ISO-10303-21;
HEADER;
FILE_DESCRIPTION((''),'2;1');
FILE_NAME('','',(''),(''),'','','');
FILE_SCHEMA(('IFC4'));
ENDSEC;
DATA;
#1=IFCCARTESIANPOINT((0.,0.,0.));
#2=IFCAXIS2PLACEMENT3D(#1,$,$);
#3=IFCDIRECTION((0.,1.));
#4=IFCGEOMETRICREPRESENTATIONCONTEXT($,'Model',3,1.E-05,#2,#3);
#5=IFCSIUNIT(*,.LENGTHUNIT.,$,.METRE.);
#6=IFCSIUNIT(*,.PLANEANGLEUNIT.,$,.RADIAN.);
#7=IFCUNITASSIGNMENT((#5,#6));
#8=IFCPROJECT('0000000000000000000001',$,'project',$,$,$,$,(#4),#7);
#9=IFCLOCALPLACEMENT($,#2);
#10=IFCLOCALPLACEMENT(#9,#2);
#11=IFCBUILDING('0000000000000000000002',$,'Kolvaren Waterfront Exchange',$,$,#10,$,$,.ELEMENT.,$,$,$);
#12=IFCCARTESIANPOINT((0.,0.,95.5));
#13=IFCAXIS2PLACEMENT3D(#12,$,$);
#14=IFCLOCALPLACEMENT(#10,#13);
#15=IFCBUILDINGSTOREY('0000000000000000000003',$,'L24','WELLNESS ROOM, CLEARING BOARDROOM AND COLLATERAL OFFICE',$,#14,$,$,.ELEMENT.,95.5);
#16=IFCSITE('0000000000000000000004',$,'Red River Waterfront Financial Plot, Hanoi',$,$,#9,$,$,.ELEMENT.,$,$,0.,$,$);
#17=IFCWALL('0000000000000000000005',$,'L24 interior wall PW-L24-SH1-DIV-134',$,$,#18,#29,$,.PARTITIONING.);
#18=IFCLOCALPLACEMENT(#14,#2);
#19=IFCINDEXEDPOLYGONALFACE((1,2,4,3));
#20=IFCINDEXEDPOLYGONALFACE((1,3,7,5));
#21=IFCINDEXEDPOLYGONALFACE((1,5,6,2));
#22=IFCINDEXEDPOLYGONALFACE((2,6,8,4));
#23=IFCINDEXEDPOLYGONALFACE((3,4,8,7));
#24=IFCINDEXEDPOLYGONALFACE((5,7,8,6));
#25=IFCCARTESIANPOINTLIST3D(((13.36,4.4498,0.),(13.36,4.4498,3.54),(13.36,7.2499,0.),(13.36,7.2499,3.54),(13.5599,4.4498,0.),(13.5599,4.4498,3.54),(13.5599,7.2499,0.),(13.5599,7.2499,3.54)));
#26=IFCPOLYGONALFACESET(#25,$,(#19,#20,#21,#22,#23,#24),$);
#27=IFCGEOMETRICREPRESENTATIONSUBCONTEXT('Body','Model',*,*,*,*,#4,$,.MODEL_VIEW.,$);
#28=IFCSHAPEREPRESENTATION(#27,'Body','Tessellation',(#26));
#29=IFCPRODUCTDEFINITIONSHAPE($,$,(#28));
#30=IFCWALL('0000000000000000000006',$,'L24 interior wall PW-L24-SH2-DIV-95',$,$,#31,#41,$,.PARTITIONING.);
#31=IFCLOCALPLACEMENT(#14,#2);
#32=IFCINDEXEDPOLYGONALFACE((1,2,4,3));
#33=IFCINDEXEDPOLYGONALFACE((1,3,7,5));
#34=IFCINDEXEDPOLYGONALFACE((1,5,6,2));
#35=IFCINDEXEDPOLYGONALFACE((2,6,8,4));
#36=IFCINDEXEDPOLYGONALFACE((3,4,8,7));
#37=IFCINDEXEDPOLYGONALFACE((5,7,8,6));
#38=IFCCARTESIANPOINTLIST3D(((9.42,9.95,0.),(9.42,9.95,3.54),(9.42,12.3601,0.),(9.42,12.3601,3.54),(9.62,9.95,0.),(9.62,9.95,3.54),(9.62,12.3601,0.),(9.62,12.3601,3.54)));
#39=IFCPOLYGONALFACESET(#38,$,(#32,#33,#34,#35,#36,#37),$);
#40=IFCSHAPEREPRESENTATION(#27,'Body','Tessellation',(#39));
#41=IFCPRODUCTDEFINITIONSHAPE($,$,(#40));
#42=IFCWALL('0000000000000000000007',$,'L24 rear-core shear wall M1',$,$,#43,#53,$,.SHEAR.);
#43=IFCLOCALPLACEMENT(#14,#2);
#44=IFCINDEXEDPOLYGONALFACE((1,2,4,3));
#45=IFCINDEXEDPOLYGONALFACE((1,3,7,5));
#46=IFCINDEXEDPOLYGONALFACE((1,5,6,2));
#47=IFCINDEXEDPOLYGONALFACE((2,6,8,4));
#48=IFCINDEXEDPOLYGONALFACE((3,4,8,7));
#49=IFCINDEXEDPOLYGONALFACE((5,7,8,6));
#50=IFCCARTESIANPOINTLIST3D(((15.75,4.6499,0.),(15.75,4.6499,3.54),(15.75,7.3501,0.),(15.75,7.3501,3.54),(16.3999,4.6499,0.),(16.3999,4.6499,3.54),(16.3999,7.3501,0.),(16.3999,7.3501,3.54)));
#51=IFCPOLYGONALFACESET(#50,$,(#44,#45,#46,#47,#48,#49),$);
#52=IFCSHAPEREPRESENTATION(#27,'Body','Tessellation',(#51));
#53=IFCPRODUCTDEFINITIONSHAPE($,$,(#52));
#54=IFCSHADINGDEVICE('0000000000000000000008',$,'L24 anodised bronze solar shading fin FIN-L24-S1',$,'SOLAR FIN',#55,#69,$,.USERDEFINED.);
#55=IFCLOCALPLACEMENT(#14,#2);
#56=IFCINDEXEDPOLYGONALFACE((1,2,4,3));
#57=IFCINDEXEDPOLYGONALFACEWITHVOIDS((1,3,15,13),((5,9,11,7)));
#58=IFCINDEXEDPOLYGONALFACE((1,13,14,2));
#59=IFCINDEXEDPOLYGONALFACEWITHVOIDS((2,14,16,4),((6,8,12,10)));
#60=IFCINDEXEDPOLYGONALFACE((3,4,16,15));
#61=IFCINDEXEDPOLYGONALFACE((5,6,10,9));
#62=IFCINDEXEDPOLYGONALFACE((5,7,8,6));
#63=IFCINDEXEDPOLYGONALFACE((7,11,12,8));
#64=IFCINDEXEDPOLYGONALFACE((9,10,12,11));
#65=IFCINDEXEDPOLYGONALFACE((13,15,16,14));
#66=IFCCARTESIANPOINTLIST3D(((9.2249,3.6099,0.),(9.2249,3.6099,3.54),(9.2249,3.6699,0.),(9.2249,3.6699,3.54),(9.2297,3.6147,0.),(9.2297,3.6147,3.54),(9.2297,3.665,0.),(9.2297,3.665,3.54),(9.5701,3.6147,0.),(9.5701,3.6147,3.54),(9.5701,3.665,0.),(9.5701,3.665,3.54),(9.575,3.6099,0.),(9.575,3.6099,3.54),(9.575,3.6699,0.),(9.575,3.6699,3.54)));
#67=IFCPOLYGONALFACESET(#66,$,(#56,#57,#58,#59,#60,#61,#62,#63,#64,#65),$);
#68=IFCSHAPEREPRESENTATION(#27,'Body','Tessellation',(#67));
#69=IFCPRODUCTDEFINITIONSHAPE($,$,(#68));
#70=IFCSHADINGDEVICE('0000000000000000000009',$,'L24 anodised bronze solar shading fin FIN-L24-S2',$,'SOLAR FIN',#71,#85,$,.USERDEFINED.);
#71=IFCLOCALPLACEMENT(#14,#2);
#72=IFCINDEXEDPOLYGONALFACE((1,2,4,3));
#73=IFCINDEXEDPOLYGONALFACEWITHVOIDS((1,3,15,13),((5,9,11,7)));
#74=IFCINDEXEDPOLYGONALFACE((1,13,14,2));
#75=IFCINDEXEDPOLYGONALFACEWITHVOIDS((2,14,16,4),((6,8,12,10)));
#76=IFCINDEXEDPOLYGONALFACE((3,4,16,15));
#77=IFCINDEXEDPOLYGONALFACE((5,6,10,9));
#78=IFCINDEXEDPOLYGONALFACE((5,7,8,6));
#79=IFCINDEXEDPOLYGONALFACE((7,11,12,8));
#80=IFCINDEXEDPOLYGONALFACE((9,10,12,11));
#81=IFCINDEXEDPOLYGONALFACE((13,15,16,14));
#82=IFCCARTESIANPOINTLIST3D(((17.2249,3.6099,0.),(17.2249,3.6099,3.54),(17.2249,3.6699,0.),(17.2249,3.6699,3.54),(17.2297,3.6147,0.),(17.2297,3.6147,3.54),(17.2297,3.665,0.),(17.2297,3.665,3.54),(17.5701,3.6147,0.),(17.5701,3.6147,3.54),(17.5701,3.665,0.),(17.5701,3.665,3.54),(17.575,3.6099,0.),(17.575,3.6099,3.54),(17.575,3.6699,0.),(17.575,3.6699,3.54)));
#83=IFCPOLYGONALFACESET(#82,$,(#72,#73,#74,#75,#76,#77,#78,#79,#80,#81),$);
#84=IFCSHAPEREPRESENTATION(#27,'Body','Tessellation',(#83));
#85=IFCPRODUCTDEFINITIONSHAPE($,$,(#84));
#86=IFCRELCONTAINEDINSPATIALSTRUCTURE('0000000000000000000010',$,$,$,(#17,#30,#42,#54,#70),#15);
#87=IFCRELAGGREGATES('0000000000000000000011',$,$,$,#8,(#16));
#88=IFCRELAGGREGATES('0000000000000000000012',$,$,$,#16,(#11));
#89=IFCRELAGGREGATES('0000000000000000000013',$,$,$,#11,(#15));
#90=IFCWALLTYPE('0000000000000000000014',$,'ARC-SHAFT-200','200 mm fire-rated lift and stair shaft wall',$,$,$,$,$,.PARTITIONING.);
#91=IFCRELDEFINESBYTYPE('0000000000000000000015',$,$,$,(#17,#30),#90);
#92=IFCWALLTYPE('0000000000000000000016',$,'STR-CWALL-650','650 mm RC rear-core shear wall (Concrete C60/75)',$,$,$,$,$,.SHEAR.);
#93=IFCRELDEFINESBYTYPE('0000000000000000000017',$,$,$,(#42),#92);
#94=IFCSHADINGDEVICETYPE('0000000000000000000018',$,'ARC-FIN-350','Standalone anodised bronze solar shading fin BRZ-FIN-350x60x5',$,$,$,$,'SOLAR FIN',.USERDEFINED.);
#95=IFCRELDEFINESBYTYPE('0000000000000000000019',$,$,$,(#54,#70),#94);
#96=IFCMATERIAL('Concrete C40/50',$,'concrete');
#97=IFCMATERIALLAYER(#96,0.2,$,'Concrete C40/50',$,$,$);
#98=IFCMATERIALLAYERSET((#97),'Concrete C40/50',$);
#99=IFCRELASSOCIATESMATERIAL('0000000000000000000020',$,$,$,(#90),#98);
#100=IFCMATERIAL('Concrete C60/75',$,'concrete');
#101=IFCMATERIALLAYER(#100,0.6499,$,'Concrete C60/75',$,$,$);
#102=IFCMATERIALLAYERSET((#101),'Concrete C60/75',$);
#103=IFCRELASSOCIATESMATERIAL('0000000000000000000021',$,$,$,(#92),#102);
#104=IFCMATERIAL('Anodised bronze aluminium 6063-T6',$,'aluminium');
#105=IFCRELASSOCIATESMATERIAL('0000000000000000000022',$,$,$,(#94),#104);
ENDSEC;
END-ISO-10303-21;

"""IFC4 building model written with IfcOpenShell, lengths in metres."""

from ifc_helpers import new_model, si_unit, direction, frame, frame_2d, origin, origin_2d, place, context, subcontext, project, spatial, rectangle, hollow_rectangle, extrude, material, layer, layer_set, material_profile, profile_set, type_object, element, save


model = new_model("IFC4")

# Units and contexts
model_context = context("Model", 3, precision=1e-05, world=origin(), true_north=direction((0.0, 1.0)))
body_context = subcontext(model_context, "Body", "Model", "MODEL_VIEW")
ifc_project = project(units=[si_unit("LENGTHUNIT", "METRE"), si_unit("PLANEANGLEUNIT", "RADIAN")], contexts=[model_context])

# Site, building, storey
site_placement = place(None, origin())
site = spatial("IfcSite", under=ifc_project, at=site_placement, Name="Red River Waterfront Financial Plot, Hanoi", CompositionType="ELEMENT", RefElevation=0.0)
building_placement = place(site_placement, origin())
building = spatial("IfcBuilding", under=site, at=building_placement, Name="Kolvaren Waterfront Exchange", CompositionType="ELEMENT")
storey_placement = place(building_placement, frame((0.0, 0.0, 95.5)))
storey = spatial("IfcBuildingStorey", under=building, at=storey_placement, Name="L24", Description="WELLNESS ROOM, CLEARING BOARDROOM AND COLLATERAL OFFICE", CompositionType="ELEMENT", Elevation=95.5)

# Shared definitions
ifc_material_1 = material(Name="Concrete C60/75", Category="concrete")

# Shared definitions
ifc_material_2 = material(Name="Anodised bronze aluminium 6063-T6", Category="aluminium")

# Walls
ifc_material_3 = material(Name="Concrete C40/50", Category="concrete")
ifc_layer_1 = layer(ifc_material_3, 0.2, Name="Concrete C40/50")
ifc_layer_set_1 = layer_set([ifc_layer_1], Name="Concrete C40/50")
wall_type_1 = type_object("IfcWallType", Name="ARC-SHAFT-200", Description="200 mm fire-rated lift and stair shaft wall", PredefinedType="PARTITIONING", material=ifc_layer_set_1)
for number, where, z_axis, x_axis, name in (
    (1, (13.46, 4.45, 0.0), (0.0, 0.0, 1.0), (0.0, 1.0, 0.0), "L24 interior wall PW-L24-SH1-DIV-134"),
):
    element("IfcWall", number, at=place(storey_placement, frame(where, z_axis=z_axis, x_axis=x_axis)), inside=storey, type_object=wall_type_1, Name=name, PredefinedType="PARTITIONING", context=body_context, shape_type="SweptSolid", body=[
        extrude(rectangle(XDim=2.8, YDim=0.2, at=frame_2d((1.3999, 0.0))), origin(), (0.0, 0.0, 1.0), 3.54),
    ])
wall_1_placement = place(storey_placement, frame((9.52, 9.95, 0.0), z_axis=(0.0, 0.0, 1.0), x_axis=(0.0, 1.0, 0.0)))
element("IfcWall", 2, at=wall_1_placement, inside=storey, type_object=wall_type_1, Name="L24 interior wall PW-L24-SH2-DIV-95", PredefinedType="PARTITIONING", context=body_context, shape_type="SweptSolid", body=[
    extrude(rectangle(XDim=2.4102, YDim=0.2, at=frame_2d((1.2051, 0.0))), origin(), (0.0, 0.0, 1.0), 3.54),
])
ifc_layer_2 = layer(ifc_material_1, 0.6499, Name="Concrete C60/75")
ifc_layer_set_2 = layer_set([ifc_layer_2], Name="Concrete C60/75")
wall_type_2 = type_object("IfcWallType", Name="STR-CWALL-650", Description="650 mm RC rear-core shear wall (Concrete C60/75)", PredefinedType="SHEAR", material=ifc_layer_set_2)
wall_2_placement = place(storey_placement, frame((16.075, 4.6499, 0.0), z_axis=(0.0, 0.0, 1.0), x_axis=(0.0, 1.0, 0.0)))
element("IfcWall", 3, at=wall_2_placement, inside=storey, type_object=wall_type_2, Name="L24 rear-core shear wall M1", PredefinedType="SHEAR", context=body_context, shape_type="SweptSolid", body=[
    extrude(rectangle(XDim=2.7002, YDim=0.6499, at=frame_2d((1.3501, 0.0))), origin(), (0.0, 0.0, 1.0), 3.54),
])

# Shading devices
ifc_material_profile_1 = material_profile(ifc_material_2, hollow_rectangle(XDim=0.0601, YDim=0.3501, WallThickness=0.0049, at=origin_2d()), Name="BRZ-FIN-350x60x5")
ifc_profile_set_1 = profile_set([ifc_material_profile_1], Name="Anodised bronze aluminium 6063-T6")
shading_device_type = type_object("IfcShadingDeviceType", Name="ARC-FIN-350", Description="Standalone anodised bronze solar shading fin BRZ-FIN-350x60x5", ElementType="SOLAR FIN", PredefinedType="USERDEFINED", material=ifc_profile_set_1)
for number, where, z_axis, x_axis, name in (
    (4, (9.3999, 3.6399, 0.0), (0.0, 0.0, 1.0), (0.0, -1.0, 0.0), "L24 anodised bronze solar shading fin FIN-L24-S1"),
    (5, (17.3999, 3.6399, 0.0), (0.0, 0.0, 1.0), (0.0, -1.0, 0.0), "L24 anodised bronze solar shading fin FIN-L24-S2"),
):
    element("IfcShadingDevice", number, at=place(storey_placement, frame(where, z_axis=z_axis, x_axis=x_axis)), inside=storey, type_object=shading_device_type, Name=name, ObjectType="SOLAR FIN", PredefinedType="USERDEFINED", context=body_context, shape_type="SweptSolid", body=[
        extrude(hollow_rectangle(XDim=0.0601, YDim=0.3501, WallThickness=0.0049, at=origin_2d()), origin(), (0.0, 0.0, 1.0), 3.54),
    ])

save(model, "model.ifc")
